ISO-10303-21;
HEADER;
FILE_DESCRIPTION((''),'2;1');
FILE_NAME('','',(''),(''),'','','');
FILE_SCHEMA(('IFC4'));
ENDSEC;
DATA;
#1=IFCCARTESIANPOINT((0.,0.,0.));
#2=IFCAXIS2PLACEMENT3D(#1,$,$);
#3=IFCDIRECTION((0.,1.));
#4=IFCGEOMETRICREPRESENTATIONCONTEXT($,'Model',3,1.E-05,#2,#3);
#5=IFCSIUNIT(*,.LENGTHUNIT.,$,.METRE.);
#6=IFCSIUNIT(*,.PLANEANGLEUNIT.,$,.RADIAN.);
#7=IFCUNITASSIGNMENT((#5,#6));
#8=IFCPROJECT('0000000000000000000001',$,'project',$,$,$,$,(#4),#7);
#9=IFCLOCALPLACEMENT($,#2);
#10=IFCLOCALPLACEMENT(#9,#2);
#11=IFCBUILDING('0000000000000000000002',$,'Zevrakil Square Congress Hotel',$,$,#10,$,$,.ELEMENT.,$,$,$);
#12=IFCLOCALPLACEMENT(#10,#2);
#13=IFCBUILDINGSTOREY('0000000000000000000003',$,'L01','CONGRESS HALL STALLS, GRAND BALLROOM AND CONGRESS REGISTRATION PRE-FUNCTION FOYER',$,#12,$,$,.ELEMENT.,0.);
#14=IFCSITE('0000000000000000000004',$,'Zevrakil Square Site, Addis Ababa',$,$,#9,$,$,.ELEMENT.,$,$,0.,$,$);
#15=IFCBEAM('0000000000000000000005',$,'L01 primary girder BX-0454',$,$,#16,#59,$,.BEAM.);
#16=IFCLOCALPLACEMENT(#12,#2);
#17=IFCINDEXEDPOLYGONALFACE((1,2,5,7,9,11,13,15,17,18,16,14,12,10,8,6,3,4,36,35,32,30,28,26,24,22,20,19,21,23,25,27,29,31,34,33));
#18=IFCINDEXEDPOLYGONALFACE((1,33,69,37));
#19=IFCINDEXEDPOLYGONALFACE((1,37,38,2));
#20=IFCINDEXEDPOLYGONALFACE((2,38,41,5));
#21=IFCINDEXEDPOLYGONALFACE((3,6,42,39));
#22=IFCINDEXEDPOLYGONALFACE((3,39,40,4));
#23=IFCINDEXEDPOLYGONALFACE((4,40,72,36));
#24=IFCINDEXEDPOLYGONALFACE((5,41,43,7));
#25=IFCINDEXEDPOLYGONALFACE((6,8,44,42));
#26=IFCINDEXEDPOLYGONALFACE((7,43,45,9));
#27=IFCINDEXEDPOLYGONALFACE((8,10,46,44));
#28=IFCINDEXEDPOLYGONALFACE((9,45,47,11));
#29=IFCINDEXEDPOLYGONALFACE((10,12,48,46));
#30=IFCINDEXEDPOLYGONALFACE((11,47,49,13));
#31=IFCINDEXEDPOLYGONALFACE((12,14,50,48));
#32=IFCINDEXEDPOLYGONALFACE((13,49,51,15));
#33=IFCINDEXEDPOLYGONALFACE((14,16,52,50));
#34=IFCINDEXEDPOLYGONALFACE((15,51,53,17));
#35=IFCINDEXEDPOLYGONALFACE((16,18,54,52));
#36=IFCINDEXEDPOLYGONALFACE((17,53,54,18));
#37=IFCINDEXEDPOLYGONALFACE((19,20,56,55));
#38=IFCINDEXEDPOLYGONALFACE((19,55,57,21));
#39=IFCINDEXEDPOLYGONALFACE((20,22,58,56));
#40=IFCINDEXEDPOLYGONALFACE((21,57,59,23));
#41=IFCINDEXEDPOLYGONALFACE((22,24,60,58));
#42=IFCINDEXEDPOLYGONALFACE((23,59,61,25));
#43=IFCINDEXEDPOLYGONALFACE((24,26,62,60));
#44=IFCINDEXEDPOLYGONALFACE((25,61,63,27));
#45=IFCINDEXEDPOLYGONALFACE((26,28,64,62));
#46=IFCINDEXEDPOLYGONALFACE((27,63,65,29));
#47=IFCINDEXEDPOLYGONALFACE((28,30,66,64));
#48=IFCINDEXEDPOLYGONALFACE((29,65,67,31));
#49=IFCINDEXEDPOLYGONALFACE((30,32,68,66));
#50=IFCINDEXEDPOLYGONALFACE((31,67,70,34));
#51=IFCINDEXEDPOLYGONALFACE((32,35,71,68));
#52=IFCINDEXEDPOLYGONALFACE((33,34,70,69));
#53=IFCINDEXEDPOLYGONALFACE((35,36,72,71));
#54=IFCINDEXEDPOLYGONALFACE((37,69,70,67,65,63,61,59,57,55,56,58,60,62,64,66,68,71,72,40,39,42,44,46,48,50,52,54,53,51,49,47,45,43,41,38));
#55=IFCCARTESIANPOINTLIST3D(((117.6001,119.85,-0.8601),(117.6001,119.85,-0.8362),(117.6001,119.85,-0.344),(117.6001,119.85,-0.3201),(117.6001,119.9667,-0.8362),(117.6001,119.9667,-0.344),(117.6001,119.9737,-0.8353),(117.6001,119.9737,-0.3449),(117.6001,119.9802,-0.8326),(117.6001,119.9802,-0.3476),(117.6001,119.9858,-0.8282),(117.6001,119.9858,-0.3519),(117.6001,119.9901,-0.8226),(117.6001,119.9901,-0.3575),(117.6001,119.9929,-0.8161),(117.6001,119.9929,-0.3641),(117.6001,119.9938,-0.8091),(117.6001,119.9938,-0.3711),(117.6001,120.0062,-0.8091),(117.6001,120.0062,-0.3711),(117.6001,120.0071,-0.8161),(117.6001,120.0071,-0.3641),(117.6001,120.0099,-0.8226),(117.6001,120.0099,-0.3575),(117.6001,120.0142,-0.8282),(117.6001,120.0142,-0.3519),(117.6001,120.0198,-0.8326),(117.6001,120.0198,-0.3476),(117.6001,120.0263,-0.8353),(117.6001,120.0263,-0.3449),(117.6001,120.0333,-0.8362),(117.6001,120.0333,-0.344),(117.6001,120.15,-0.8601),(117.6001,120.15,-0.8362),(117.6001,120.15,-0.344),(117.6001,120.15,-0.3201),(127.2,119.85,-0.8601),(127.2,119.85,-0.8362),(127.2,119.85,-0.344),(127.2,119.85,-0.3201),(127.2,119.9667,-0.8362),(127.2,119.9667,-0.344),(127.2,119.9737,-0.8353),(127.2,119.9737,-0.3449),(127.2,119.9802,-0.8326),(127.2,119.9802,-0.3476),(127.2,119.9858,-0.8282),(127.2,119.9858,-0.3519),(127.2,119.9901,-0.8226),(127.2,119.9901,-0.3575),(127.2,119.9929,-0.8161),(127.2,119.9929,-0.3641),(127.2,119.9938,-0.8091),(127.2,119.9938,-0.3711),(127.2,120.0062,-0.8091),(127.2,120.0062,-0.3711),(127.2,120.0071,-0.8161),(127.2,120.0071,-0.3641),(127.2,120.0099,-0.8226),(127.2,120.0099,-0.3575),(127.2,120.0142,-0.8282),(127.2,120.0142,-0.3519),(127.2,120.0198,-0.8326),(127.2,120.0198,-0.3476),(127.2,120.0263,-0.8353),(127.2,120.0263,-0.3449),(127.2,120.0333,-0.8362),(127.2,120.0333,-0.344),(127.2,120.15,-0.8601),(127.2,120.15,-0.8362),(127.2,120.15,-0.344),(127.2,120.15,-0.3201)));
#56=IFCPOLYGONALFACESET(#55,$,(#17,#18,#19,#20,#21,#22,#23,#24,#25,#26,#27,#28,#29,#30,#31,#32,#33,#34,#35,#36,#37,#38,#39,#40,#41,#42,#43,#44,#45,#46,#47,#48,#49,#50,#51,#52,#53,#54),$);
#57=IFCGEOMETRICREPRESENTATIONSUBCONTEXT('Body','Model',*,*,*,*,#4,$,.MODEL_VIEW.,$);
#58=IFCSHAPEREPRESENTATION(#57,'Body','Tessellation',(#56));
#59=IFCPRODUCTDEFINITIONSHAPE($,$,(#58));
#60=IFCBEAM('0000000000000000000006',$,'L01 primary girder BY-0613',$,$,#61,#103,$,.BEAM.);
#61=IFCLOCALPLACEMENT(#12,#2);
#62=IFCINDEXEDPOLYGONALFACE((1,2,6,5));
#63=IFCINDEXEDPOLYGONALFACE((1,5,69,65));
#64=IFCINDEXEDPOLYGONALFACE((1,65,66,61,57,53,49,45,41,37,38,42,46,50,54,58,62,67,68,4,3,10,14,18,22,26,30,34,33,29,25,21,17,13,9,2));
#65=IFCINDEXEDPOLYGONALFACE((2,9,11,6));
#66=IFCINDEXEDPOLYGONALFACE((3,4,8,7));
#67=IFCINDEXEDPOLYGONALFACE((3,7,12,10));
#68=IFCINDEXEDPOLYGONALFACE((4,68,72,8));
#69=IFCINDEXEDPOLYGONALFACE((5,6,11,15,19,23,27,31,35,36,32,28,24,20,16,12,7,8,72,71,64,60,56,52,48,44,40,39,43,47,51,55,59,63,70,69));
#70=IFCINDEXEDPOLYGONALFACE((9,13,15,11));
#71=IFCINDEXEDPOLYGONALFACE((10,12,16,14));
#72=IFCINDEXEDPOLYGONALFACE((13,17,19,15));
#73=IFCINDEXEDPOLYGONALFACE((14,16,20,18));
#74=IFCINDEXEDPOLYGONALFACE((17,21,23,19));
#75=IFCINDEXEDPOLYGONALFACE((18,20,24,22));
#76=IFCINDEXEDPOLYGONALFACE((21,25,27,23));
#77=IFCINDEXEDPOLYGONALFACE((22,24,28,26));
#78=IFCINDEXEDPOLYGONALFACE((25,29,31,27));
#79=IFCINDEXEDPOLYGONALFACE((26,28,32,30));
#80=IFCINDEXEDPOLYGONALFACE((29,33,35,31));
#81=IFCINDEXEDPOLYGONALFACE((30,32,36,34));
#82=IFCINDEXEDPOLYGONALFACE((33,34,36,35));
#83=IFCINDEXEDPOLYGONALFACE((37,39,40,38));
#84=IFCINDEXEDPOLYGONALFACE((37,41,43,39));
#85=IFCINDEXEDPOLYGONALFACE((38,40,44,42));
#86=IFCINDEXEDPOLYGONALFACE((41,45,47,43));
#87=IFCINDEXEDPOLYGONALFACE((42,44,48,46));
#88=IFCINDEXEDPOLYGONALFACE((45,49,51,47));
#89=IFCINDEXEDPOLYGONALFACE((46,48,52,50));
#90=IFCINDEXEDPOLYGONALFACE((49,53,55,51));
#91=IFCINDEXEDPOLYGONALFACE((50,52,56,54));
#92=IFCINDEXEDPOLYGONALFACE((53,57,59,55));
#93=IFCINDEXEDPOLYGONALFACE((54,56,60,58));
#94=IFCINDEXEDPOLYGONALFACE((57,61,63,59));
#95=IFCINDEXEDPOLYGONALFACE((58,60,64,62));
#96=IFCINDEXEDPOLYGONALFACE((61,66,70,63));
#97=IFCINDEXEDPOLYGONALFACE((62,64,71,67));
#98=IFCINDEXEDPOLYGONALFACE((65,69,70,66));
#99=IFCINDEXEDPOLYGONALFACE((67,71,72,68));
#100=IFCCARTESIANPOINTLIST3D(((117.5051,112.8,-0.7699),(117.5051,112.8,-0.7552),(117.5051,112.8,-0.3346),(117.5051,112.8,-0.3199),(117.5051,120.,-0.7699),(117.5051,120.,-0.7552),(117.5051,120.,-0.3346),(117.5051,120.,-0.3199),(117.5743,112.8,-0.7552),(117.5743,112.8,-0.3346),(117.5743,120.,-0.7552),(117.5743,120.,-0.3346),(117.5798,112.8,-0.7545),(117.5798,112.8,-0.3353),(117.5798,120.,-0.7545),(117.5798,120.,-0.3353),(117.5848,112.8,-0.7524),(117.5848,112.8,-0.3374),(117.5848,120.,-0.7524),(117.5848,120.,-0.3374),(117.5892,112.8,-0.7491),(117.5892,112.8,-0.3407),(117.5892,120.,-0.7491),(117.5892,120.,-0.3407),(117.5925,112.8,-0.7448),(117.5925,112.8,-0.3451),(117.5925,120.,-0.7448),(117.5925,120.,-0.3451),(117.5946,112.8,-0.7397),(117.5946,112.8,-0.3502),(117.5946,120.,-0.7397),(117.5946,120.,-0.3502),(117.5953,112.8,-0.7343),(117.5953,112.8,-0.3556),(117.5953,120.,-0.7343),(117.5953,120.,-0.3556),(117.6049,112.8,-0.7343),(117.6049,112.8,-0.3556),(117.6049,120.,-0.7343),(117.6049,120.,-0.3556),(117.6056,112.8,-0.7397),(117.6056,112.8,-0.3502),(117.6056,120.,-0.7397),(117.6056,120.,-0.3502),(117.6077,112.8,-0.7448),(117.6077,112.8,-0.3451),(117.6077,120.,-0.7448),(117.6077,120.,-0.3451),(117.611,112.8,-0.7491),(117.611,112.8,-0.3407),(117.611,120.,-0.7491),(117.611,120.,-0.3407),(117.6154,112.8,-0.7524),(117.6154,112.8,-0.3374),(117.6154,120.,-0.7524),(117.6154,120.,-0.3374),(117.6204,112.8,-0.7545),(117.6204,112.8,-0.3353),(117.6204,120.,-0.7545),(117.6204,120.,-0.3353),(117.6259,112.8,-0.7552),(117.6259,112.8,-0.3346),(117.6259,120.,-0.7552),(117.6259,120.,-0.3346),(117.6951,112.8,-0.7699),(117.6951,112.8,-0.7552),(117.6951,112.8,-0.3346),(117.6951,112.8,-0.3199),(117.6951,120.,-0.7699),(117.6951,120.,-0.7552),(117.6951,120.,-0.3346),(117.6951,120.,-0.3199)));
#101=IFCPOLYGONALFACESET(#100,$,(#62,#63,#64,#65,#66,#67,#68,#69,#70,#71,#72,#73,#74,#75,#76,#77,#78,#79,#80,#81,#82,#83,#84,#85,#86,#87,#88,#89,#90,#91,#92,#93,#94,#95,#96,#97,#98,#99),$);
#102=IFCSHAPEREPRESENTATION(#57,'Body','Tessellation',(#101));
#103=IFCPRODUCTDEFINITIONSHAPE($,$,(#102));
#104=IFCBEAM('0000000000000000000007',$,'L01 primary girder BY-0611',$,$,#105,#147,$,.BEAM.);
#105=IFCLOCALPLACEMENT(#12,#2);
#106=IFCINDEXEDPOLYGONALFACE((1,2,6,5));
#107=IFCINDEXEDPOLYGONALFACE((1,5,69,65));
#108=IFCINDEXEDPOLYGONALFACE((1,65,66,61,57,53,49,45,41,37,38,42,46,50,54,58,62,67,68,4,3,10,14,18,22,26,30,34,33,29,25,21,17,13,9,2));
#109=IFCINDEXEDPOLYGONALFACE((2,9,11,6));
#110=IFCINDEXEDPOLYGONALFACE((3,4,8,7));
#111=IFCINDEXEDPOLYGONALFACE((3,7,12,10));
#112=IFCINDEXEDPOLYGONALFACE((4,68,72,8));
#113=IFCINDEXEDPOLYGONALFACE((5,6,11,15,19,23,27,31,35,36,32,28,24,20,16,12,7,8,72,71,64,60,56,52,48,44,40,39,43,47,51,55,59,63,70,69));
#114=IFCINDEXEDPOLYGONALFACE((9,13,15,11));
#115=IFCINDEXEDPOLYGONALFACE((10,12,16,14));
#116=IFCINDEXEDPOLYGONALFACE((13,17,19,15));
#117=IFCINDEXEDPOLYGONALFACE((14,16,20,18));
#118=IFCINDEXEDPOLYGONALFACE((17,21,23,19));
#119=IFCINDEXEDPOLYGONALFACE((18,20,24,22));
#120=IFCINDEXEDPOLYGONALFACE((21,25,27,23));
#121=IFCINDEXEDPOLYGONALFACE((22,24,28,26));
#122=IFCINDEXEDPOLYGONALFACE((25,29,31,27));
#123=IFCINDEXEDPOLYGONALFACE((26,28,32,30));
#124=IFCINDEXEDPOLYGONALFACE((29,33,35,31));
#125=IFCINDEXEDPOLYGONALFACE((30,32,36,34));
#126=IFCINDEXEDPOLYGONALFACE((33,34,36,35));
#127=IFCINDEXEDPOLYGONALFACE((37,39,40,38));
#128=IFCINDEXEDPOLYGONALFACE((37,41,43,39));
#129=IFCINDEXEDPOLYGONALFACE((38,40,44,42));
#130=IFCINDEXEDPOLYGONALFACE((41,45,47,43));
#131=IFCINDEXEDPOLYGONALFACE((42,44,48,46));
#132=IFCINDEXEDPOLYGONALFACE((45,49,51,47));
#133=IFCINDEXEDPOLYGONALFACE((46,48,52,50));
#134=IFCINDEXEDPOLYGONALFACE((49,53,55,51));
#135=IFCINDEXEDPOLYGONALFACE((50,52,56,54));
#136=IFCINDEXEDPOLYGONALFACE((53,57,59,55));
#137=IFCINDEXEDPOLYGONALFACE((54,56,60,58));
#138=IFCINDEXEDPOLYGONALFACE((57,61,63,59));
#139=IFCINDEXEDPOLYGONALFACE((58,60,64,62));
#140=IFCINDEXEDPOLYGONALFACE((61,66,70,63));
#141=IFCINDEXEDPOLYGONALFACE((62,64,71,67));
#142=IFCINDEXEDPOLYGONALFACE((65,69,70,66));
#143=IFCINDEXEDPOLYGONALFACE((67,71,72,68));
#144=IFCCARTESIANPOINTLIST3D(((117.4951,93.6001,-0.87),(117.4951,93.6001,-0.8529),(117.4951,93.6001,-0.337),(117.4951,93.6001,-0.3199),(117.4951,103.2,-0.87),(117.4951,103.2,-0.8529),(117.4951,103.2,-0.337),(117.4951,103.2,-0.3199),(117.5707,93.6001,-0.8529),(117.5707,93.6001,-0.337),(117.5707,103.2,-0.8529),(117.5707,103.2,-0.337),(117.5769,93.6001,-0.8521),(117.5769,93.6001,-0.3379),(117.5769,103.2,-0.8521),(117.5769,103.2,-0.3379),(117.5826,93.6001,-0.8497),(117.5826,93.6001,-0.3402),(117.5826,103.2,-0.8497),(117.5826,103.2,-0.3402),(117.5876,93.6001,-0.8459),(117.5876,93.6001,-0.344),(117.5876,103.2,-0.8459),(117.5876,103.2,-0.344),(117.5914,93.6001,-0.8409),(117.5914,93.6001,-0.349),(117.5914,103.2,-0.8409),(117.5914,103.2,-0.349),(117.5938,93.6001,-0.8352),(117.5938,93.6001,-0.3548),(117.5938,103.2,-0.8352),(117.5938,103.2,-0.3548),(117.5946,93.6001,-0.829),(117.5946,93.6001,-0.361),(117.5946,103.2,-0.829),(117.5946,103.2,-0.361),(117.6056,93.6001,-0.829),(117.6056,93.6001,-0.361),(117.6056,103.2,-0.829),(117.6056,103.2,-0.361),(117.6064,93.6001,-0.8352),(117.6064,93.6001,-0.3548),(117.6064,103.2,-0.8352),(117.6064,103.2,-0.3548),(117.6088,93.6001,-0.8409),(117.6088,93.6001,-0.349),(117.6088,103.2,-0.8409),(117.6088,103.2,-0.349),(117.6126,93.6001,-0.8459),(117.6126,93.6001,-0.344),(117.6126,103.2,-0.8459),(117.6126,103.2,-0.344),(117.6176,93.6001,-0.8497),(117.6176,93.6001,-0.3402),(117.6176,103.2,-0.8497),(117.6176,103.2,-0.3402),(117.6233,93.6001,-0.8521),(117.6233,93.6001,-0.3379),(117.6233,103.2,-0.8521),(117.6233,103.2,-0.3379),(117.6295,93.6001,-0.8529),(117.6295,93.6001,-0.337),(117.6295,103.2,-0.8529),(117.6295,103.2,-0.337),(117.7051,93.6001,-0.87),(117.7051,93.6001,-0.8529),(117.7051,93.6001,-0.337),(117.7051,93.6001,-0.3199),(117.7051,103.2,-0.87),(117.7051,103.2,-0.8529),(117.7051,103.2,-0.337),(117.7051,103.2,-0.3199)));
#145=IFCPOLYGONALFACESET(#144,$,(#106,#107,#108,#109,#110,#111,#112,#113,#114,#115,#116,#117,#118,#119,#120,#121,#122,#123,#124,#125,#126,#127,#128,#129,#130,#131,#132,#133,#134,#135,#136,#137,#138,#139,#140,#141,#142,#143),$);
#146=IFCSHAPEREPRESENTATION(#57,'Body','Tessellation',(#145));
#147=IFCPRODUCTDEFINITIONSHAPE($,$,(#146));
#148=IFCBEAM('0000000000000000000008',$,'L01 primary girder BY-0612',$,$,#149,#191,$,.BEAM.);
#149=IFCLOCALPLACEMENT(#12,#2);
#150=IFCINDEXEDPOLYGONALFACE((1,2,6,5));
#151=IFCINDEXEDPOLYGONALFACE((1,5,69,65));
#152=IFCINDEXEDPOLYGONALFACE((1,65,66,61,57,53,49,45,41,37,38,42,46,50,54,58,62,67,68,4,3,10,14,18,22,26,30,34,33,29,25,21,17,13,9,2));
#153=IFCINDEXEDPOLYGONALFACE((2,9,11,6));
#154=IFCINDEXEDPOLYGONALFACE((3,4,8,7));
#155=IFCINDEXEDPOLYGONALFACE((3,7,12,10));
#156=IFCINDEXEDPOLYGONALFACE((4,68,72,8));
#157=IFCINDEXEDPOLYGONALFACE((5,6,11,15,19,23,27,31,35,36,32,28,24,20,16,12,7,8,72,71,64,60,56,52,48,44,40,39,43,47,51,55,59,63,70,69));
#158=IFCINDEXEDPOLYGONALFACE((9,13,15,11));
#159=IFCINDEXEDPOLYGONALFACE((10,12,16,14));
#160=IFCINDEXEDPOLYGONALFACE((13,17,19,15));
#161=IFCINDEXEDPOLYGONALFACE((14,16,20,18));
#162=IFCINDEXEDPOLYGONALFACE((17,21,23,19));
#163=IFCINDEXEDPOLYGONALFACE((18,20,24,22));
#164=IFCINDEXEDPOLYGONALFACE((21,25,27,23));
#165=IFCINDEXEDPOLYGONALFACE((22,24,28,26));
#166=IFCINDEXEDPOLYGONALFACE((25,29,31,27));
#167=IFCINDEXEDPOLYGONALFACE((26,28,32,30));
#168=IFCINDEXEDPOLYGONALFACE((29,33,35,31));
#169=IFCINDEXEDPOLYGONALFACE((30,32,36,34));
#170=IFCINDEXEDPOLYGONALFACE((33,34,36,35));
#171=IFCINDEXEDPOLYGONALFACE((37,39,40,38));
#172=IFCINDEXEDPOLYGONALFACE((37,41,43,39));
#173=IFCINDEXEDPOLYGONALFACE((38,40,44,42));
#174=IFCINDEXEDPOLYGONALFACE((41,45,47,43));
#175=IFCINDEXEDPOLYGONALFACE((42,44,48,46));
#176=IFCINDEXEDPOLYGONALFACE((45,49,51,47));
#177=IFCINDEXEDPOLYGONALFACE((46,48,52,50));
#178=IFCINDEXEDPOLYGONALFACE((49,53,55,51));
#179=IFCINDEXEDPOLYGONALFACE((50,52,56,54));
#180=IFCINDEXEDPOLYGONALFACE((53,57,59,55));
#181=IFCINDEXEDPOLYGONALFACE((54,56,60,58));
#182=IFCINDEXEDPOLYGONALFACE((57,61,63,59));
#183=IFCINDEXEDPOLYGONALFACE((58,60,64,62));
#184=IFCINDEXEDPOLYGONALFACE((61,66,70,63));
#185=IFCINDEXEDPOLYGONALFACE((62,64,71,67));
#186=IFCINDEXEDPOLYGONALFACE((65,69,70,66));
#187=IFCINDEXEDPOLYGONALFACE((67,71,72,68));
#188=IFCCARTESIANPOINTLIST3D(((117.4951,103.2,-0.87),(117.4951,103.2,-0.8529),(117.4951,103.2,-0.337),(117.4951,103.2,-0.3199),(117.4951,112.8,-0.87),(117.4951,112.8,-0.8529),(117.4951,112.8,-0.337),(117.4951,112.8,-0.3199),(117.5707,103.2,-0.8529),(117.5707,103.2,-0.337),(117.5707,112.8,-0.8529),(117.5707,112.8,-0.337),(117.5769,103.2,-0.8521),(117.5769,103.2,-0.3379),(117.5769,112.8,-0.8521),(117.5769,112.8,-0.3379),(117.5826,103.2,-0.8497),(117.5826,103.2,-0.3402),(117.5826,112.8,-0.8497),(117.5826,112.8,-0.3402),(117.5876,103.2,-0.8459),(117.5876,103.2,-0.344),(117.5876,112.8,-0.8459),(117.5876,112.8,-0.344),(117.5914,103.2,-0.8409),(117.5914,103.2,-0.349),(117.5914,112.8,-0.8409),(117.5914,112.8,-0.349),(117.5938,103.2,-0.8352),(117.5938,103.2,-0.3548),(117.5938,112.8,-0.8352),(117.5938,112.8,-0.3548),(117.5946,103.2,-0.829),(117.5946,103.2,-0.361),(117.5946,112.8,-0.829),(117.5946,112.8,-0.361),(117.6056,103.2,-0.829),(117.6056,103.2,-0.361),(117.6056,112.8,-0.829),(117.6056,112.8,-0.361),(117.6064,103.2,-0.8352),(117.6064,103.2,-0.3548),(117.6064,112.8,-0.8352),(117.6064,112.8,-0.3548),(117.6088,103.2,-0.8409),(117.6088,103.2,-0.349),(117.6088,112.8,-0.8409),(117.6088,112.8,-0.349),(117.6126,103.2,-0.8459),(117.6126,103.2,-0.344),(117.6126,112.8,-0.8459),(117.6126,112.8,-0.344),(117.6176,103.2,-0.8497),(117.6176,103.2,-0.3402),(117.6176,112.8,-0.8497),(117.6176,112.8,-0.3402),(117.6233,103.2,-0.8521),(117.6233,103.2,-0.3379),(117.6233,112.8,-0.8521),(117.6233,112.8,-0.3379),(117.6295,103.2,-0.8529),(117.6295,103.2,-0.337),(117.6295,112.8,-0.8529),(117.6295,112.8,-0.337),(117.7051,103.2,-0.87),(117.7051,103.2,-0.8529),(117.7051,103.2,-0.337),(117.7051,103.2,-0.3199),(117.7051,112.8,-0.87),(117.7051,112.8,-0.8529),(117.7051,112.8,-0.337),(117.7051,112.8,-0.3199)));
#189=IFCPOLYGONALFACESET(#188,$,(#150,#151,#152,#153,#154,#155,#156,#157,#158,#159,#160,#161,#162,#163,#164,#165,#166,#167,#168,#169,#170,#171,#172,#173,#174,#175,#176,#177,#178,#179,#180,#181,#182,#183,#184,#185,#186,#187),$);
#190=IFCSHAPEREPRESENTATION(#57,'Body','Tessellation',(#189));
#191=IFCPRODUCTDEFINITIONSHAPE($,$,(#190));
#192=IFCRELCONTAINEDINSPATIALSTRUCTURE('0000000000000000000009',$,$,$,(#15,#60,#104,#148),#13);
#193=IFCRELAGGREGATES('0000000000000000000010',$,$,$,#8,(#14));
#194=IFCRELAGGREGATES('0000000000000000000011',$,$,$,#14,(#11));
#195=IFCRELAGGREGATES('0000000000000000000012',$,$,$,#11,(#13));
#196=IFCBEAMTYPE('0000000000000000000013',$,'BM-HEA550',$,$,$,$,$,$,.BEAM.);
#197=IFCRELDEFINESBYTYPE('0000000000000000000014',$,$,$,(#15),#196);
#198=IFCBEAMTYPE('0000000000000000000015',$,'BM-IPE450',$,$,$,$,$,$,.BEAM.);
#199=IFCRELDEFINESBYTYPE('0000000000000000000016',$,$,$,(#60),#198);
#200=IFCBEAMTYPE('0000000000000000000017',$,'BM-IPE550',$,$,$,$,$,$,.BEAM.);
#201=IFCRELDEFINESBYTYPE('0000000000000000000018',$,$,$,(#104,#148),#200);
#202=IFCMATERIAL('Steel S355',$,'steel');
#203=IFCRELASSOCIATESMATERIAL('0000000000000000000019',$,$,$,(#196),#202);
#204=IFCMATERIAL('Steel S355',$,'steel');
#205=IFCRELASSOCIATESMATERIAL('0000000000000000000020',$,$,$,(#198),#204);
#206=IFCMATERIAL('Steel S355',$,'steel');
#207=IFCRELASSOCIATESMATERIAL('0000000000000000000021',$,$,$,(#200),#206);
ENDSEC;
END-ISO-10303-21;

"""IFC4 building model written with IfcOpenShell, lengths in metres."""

from ifc_helpers import new_model, si_unit, direction, frame, origin, origin_2d, place, context, subcontext, project, spatial, i_section, extrude, material, material_profile, profile_set, type_object, element, save


model = new_model("IFC4")

# Units and contexts
model_context = context("Model", 3, precision=1e-05, world=origin(), true_north=direction((0.0, 1.0)))
body_context = subcontext(model_context, "Body", "Model", "MODEL_VIEW")
ifc_project = project(units=[si_unit("LENGTHUNIT", "METRE"), si_unit("PLANEANGLEUNIT", "RADIAN")], contexts=[model_context])

# Site, building, storey
site_placement = place(None, origin())
site = spatial("IfcSite", under=ifc_project, at=site_placement, Name="Zevrakil Square Site, Addis Ababa", CompositionType="ELEMENT", RefElevation=0.0)
building_placement = place(site_placement, origin())
building = spatial("IfcBuilding", under=site, at=building_placement, Name="Zevrakil Square Congress Hotel", CompositionType="ELEMENT")
storey_placement = place(building_placement, origin())
storey = spatial("IfcBuildingStorey", under=building, at=storey_placement, Name="L01", Description="CONGRESS HALL STALLS, GRAND BALLROOM AND CONGRESS REGISTRATION PRE-FUNCTION FOYER", CompositionType="ELEMENT", Elevation=0.0)

# Beams
ifc_material_1 = material(Name="Steel S355", Category="steel")
ifc_material_profile_1 = material_profile(ifc_material_1, i_section(OverallWidth=0.3, OverallDepth=0.54, WebThickness=0.0125, FlangeThickness=0.0239, FilletRadius=0.0271, at=origin_2d()), Name="HEA 550")
ifc_profile_set_1 = profile_set([ifc_material_profile_1], Name="Steel S355")
beam_type_1 = type_object("IfcBeamType", Name="BM-HEA550", PredefinedType="BEAM", material=ifc_profile_set_1)
for number, where, z_axis, x_axis, name in (
    (1, (117.6001, 120.0, -0.5901), (1.0, 0.0, 0.0), (0.0, 1.0, 0.0), "L01 primary girder BX-0454"),
):
    element("IfcBeam", number, at=place(storey_placement, frame(where, z_axis=z_axis, x_axis=x_axis)), inside=storey, type_object=beam_type_1, Name=name, PredefinedType="BEAM", context=body_context, shape_type="SweptSolid", body=[
        extrude(i_section(OverallWidth=0.3, OverallDepth=0.54, WebThickness=0.0125, FlangeThickness=0.0239, FilletRadius=0.0271, at=origin_2d()), origin(), (0.0, 0.0, 1.0), 9.5999),
    ])
ifc_material_2 = material(Name="Steel S355", Category="steel")
ifc_material_profile_2 = material_profile(ifc_material_2, i_section(OverallWidth=0.1899, OverallDepth=0.45, WebThickness=0.0095, FlangeThickness=0.0146, FilletRadius=0.021, at=origin_2d()), Name="IPE 450")
ifc_profile_set_2 = profile_set([ifc_material_profile_2], Name="Steel S355")
beam_type_2 = type_object("IfcBeamType", Name="BM-IPE450", PredefinedType="BEAM", material=ifc_profile_set_2)
beam_1_placement = place(storey_placement, frame((117.6001, 112.8, -0.5449), z_axis=(0.0, 1.0, 0.0), x_axis=(-1.0, 0.0, 0.0)))
element("IfcBeam", 2, at=beam_1_placement, inside=storey, type_object=beam_type_2, Name="L01 primary girder BY-0613", PredefinedType="BEAM", context=body_context, shape_type="SweptSolid", body=[
    extrude(i_section(OverallWidth=0.1899, OverallDepth=0.45, WebThickness=0.0095, FlangeThickness=0.0146, FilletRadius=0.021, at=origin_2d()), origin(), (0.0, 0.0, 1.0), 7.2),
])
ifc_material_3 = material(Name="Steel S355", Category="steel")
ifc_material_profile_3 = material_profile(ifc_material_3, i_section(OverallWidth=0.21, OverallDepth=0.55, WebThickness=0.011, FlangeThickness=0.0171, FilletRadius=0.0239, at=origin_2d()), Name="IPE 550")
ifc_profile_set_3 = profile_set([ifc_material_profile_3], Name="Steel S355")
beam_type_3 = type_object("IfcBeamType", Name="BM-IPE550", PredefinedType="BEAM", material=ifc_profile_set_3)
beam_2_placement = place(storey_placement, frame((117.6001, 93.6001, -0.595), z_axis=(0.0, 1.0, 0.0), x_axis=(-1.0, 0.0, 0.0)))
element("IfcBeam", 3, at=beam_2_placement, inside=storey, type_object=beam_type_3, Name="L01 primary girder BY-0611", PredefinedType="BEAM", context=body_context, shape_type="SweptSolid", body=[
    extrude(i_section(OverallWidth=0.21, OverallDepth=0.55, WebThickness=0.011, FlangeThickness=0.0171, FilletRadius=0.0239, at=origin_2d()), origin(), (0.0, 0.0, 1.0), 9.5999),
])
beam_3_placement = place(storey_placement, frame((117.6001, 103.2, -0.595), z_axis=(0.0, 1.0, 0.0), x_axis=(-1.0, 0.0, 0.0)))
element("IfcBeam", 4, at=beam_3_placement, inside=storey, type_object=beam_type_3, Name="L01 primary girder BY-0612", PredefinedType="BEAM", context=body_context, shape_type="SweptSolid", body=[
    extrude(i_section(OverallWidth=0.21, OverallDepth=0.55, WebThickness=0.011, FlangeThickness=0.0171, FilletRadius=0.0239, at=origin_2d()), origin(), (0.0, 0.0, 1.0), 9.6001),
])

save(model, "model.ifc")
